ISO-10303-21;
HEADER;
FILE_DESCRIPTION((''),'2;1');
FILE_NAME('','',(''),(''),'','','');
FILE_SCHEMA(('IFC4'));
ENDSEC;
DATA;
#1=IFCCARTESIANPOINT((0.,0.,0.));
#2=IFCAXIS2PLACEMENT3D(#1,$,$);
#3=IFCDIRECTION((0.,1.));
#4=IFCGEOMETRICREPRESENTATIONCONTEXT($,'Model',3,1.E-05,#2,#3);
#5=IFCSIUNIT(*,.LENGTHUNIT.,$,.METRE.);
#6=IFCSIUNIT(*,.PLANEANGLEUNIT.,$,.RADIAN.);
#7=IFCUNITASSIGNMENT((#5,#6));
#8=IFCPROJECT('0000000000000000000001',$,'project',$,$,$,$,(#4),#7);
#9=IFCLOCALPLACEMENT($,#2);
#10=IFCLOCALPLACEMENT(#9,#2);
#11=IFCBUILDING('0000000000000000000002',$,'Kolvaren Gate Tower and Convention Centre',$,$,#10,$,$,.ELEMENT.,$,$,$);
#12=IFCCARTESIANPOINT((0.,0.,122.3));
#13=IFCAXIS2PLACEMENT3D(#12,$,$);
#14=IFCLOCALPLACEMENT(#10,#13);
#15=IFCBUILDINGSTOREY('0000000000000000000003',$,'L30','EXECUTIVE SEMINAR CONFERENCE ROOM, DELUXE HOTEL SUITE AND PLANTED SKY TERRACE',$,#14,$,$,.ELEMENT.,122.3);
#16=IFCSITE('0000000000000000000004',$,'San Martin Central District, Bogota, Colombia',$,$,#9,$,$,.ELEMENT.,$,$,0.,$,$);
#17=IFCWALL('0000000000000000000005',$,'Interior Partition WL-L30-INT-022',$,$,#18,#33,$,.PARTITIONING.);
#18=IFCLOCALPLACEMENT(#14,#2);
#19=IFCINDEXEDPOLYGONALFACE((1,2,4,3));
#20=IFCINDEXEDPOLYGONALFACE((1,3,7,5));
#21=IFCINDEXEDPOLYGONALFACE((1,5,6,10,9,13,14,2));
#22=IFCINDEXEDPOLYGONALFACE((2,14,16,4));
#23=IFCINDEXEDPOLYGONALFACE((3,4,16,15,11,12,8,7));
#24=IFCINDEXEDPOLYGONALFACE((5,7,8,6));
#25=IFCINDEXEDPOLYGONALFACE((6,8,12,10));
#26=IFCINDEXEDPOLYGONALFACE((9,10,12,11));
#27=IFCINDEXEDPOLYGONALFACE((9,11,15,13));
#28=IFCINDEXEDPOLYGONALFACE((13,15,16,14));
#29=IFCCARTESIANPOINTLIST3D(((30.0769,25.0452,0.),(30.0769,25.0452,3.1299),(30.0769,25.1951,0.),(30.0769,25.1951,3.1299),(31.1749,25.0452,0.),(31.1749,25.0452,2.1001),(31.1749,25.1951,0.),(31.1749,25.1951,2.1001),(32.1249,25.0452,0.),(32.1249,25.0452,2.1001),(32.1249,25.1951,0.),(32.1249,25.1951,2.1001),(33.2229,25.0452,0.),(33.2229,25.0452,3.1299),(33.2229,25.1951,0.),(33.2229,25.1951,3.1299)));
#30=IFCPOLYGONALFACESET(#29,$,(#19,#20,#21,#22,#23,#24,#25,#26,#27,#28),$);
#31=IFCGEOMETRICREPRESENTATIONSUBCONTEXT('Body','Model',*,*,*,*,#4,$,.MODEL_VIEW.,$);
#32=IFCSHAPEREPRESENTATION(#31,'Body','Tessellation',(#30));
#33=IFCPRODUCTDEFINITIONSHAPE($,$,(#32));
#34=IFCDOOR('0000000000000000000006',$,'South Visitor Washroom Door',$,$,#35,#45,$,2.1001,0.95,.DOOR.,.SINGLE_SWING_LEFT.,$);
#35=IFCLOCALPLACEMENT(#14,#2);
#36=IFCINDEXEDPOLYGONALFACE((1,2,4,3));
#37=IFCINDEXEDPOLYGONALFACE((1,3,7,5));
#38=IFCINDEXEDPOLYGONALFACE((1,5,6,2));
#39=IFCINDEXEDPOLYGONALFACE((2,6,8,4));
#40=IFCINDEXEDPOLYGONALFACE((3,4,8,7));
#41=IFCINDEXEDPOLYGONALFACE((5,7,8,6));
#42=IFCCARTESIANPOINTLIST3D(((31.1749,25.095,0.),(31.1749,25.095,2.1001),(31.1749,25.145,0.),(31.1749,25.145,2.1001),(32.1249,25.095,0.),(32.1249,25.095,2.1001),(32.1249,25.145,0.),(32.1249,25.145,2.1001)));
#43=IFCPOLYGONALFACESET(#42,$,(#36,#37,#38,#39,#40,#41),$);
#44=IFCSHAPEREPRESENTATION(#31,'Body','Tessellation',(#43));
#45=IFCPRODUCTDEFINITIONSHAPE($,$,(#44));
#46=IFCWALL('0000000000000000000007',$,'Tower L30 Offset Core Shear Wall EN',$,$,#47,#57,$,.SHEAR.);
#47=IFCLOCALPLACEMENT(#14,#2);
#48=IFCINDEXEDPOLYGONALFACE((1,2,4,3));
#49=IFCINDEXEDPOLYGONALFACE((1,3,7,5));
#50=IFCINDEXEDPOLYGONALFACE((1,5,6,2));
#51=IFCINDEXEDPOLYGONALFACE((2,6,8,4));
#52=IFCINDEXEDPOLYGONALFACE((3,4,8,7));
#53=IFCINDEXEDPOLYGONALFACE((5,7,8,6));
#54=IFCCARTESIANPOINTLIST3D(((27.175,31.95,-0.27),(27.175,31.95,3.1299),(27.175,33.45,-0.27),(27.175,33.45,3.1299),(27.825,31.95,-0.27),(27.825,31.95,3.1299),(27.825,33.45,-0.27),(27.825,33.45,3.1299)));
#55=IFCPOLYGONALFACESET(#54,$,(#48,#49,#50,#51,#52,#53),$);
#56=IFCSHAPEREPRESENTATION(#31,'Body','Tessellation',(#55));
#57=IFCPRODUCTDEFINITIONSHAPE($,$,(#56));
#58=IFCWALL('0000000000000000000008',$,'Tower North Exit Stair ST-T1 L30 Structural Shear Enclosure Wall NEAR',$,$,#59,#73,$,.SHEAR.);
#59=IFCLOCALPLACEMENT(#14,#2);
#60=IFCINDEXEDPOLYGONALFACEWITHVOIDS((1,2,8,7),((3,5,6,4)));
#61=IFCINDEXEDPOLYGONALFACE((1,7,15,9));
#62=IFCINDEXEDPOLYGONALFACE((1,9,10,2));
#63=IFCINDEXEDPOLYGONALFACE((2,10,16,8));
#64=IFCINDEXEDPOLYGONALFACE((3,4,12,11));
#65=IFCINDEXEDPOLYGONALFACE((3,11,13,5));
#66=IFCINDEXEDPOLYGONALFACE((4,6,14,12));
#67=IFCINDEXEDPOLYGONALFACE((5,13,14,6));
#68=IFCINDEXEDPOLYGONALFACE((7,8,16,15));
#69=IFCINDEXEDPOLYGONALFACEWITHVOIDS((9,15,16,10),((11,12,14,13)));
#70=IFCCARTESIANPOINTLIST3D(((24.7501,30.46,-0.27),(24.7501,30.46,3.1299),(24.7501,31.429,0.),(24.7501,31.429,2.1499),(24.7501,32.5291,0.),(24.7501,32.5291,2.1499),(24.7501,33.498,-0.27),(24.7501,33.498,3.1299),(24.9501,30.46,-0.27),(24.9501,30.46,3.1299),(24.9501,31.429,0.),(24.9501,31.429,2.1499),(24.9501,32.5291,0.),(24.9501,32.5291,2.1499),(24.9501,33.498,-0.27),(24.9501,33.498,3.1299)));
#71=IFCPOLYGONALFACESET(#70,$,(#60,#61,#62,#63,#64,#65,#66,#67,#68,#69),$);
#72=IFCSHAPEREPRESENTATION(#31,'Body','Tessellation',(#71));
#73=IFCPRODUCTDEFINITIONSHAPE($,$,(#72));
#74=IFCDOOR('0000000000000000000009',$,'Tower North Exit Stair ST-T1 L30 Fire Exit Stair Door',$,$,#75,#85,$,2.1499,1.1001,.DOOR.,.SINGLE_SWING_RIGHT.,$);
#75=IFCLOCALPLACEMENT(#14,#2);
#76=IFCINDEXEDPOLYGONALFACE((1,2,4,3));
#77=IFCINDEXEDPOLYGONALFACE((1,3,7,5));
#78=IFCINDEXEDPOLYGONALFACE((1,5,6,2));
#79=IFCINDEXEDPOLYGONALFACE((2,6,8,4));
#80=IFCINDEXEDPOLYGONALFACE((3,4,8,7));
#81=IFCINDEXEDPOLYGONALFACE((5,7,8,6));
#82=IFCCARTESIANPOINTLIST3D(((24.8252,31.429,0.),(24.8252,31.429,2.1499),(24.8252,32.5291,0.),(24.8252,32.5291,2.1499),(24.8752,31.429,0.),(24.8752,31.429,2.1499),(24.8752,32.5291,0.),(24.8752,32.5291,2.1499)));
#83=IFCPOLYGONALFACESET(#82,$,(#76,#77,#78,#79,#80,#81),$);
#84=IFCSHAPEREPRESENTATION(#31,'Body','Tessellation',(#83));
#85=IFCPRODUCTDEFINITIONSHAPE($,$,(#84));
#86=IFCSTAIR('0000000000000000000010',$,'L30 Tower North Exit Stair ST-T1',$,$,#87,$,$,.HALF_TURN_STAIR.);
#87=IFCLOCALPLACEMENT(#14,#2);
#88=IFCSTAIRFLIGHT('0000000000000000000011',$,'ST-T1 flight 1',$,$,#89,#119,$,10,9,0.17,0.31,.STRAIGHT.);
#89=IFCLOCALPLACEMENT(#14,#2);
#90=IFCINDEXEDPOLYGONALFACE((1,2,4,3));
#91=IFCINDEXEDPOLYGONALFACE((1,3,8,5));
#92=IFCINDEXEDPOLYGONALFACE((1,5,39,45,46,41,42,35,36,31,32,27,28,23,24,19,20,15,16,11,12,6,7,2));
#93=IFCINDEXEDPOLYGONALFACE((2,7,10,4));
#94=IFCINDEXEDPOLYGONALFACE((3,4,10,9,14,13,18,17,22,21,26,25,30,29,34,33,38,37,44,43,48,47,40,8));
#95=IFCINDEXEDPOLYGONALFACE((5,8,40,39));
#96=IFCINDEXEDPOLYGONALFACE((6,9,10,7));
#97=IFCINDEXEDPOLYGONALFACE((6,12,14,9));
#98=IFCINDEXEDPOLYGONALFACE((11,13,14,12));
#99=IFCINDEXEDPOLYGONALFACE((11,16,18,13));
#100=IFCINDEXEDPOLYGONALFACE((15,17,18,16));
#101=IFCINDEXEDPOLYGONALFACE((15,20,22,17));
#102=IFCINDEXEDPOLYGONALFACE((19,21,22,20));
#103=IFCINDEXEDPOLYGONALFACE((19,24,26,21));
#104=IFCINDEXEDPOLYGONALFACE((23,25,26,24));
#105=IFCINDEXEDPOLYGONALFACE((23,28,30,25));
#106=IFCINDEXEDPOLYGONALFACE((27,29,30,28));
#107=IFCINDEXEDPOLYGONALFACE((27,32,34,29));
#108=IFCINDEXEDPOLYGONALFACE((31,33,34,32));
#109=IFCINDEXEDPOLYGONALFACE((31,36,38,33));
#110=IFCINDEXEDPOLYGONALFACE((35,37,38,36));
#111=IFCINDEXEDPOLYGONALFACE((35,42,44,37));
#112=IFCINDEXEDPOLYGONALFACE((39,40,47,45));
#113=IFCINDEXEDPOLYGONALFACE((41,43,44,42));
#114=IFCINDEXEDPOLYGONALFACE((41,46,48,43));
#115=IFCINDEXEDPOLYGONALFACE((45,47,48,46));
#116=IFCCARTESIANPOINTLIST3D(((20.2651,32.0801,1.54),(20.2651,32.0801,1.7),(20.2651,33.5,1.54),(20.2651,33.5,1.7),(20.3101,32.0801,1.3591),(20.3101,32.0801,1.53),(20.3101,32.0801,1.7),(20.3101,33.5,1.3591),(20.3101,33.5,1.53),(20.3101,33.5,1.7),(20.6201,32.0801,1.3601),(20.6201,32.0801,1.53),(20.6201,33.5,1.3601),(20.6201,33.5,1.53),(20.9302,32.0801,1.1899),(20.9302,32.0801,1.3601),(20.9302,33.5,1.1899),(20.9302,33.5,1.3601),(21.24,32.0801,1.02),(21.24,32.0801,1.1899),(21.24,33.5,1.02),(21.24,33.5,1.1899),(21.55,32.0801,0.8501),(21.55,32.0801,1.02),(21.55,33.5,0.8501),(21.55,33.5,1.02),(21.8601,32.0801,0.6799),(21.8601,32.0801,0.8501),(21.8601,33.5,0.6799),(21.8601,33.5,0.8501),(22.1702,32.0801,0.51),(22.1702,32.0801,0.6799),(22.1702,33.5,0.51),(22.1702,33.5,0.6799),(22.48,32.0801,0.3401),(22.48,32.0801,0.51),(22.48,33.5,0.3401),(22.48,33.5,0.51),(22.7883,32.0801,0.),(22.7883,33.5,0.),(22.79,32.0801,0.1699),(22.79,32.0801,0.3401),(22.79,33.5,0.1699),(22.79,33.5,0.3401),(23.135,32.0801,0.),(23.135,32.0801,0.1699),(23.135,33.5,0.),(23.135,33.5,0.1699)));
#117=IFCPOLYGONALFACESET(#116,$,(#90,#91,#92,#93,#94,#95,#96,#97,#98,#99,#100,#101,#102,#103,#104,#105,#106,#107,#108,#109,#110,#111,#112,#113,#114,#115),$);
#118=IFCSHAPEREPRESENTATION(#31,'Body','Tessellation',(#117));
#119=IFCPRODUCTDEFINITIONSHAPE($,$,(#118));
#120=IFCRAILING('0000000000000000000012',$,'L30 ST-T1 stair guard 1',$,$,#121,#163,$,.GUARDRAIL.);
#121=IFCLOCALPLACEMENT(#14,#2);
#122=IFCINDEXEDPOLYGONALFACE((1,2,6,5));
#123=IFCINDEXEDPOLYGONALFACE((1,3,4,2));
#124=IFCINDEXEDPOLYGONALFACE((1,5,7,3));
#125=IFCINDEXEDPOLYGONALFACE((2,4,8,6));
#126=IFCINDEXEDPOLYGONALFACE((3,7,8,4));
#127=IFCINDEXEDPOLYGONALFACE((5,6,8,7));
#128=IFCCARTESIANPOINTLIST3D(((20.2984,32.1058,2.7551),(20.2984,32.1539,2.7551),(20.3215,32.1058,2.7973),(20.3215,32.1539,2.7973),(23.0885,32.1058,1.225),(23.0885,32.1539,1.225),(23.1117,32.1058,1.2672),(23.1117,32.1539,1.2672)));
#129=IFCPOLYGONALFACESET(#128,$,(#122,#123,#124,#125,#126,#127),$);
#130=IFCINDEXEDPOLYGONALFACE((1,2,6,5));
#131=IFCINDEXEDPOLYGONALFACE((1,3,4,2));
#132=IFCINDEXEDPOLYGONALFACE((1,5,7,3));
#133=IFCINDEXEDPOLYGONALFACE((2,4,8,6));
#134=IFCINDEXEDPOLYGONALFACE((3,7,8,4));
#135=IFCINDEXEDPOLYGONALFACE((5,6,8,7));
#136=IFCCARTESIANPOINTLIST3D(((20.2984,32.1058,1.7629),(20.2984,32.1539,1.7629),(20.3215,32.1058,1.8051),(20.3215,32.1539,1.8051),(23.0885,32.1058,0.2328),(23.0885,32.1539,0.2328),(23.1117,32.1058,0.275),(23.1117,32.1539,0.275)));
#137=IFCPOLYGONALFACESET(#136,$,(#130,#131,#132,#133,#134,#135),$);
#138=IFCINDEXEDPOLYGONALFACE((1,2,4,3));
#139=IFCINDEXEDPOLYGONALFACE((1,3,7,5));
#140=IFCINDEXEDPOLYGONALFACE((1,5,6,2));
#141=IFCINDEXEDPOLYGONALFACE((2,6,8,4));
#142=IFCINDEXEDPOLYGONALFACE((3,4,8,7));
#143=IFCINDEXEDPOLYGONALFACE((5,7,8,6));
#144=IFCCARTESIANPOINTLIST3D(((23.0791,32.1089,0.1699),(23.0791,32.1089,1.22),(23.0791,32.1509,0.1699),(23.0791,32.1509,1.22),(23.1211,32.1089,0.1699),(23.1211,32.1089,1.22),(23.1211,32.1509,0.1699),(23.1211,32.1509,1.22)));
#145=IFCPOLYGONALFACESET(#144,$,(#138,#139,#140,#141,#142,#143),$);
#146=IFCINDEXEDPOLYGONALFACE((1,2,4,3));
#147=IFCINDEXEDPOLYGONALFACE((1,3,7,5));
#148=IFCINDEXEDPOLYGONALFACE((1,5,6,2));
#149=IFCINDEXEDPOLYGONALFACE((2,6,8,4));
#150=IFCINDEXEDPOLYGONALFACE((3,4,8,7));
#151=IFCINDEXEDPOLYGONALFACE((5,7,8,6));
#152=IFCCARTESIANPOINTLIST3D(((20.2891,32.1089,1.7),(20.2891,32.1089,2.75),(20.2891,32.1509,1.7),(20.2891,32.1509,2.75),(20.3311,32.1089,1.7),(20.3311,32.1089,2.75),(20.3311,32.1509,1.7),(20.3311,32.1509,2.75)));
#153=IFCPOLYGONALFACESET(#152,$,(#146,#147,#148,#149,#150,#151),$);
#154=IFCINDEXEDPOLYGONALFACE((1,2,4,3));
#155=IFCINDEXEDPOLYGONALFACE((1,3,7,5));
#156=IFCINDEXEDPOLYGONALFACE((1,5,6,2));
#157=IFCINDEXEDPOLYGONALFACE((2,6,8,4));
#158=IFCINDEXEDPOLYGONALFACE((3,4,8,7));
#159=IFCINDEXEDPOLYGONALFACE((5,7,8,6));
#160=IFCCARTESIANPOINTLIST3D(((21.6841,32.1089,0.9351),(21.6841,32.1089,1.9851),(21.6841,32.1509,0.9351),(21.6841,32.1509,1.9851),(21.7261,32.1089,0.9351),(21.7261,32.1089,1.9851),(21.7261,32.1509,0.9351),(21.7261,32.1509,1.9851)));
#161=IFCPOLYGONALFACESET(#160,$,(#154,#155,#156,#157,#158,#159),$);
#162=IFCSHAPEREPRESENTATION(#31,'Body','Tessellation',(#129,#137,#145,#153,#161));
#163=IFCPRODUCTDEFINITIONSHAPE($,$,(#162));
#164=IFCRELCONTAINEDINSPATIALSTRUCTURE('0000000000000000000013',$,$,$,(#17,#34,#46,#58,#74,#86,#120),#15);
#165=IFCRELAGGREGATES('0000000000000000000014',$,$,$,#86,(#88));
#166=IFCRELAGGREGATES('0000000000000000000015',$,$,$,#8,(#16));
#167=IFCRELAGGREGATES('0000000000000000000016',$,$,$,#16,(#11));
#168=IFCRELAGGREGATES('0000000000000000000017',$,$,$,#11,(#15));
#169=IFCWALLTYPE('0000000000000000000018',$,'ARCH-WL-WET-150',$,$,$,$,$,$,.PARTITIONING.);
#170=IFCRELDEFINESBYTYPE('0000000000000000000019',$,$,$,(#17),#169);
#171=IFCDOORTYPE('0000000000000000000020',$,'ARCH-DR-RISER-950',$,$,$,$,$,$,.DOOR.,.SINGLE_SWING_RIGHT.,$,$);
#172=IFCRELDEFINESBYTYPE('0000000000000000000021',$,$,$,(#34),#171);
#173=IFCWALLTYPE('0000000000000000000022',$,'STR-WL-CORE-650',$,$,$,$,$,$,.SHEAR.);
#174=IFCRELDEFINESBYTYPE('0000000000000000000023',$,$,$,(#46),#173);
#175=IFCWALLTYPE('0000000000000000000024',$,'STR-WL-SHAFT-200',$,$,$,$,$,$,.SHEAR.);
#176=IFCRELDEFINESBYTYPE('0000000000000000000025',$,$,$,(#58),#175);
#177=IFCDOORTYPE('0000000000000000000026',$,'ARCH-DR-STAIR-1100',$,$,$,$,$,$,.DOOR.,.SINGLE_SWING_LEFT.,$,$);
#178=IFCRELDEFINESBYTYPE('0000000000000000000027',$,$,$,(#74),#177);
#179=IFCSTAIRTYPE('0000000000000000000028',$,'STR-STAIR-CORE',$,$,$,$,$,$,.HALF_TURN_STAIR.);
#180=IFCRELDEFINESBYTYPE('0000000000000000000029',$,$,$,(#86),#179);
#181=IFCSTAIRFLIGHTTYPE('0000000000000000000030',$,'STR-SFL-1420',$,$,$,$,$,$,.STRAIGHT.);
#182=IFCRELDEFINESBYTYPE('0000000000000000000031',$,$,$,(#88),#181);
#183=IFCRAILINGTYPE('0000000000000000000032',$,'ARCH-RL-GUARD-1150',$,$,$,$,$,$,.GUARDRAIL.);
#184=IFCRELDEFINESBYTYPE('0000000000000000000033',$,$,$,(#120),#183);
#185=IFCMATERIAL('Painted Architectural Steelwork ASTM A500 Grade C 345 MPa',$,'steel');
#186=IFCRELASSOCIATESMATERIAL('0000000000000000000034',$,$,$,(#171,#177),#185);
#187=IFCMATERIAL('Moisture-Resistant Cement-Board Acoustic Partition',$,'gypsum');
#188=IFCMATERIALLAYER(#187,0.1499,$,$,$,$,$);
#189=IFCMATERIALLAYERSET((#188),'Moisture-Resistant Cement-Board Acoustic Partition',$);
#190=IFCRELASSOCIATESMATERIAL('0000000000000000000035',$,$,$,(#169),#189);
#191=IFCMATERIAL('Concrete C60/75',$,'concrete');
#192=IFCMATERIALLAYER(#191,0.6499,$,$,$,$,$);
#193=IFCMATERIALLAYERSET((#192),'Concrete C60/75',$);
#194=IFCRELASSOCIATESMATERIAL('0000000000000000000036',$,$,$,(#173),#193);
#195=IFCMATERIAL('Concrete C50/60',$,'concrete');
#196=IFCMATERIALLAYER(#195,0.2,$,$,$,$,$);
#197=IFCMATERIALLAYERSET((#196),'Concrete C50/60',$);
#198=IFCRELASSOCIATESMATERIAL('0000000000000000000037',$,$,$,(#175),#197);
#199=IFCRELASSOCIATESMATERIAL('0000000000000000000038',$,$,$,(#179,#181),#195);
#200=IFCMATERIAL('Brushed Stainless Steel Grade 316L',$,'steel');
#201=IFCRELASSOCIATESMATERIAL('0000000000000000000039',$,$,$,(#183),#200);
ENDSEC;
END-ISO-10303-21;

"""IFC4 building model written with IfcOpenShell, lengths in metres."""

from ifc_helpers import new_model, si_unit, direction, frame, frame_2d, origin, origin_2d, place, context, subcontext, project, spatial, polyline, rectangle, outline, extrude, material, layer, layer_set, type_object, element, fill, aggregate, save


model = new_model("IFC4")

# Units and contexts
model_context = context("Model", 3, precision=1e-05, world=origin(), true_north=direction((0.0, 1.0)))
body_context = subcontext(model_context, "Body", "Model", "MODEL_VIEW")
ifc_project = project(units=[si_unit("LENGTHUNIT", "METRE"), si_unit("PLANEANGLEUNIT", "RADIAN")], contexts=[model_context])

# Site, building, storey
site_placement = place(None, origin())
site = spatial("IfcSite", under=ifc_project, at=site_placement, Name="San Martin Central District, Bogota, Colombia", CompositionType="ELEMENT", RefElevation=0.0)
building_placement = place(site_placement, origin())
building = spatial("IfcBuilding", under=site, at=building_placement, Name="Kolvaren Gate Tower and Convention Centre", CompositionType="ELEMENT")
storey_placement = place(building_placement, frame((0.0, 0.0, 122.3)))
storey = spatial("IfcBuildingStorey", under=building, at=storey_placement, Name="L30", Description="EXECUTIVE SEMINAR CONFERENCE ROOM, DELUXE HOTEL SUITE AND PLANTED SKY TERRACE", CompositionType="ELEMENT", Elevation=122.3)

# Shared definitions
ifc_material_1 = material(Name="Painted Architectural Steelwork ASTM A500 Grade C 345 MPa", Category="steel")
door_type_1 = type_object("IfcDoorType", Name="ARCH-DR-RISER-950", OperationType="SINGLE_SWING_RIGHT", PredefinedType="DOOR", material=ifc_material_1)

# Shared definitions
ifc_material_2 = material(Name="Brushed Stainless Steel Grade 316L", Category="steel")

# Shared definitions
ifc_material_3 = material(Name="Moisture-Resistant Cement-Board Acoustic Partition", Category="gypsum")
ifc_layer_1 = layer(ifc_material_3, 0.1499)
ifc_layer_set_1 = layer_set([ifc_layer_1], Name="Moisture-Resistant Cement-Board Acoustic Partition")
wall_type_1 = type_object("IfcWallType", Name="ARCH-WL-WET-150", PredefinedType="PARTITIONING", material=ifc_layer_set_1)

# Wall, opening, door
wall_1_placement = place(storey_placement, frame((30.0769, 25.1201, 0.0), z_axis=(0.0, 0.0, 1.0), x_axis=(1.0, 0.0, 0.0)))
wall_1 = element("IfcWall", 1, at=wall_1_placement, inside=storey, type_object=wall_type_1, Name="Interior Partition WL-L30-INT-022", PredefinedType="PARTITIONING", context=body_context, shape_type="SweptSolid", body=[
    extrude(rectangle(XDim=3.146, YDim=0.1499, at=frame_2d((1.573, 0.0))), origin(), (0.0, 0.0, 1.0), 3.1299),
])
opening_1_placement = place(wall_1_placement, frame((1.0979, 0.0, 0.0)))
opening_1 = element("IfcOpeningElement", 2, at=opening_1_placement, cuts=wall_1, PredefinedType="OPENING", context=body_context, shape_type="SweptSolid", body=[
    extrude(rectangle(XDim=0.95, YDim=2.1001, at=frame_2d((0.4751, 1.05))), frame((0.0, 0.085, 0.0), z_axis=(0.0, -1.0, 0.0), x_axis=(1.0, 0.0, 0.0)), (0.0, 0.0, 1.0), 0.1699),
])
door_1_placement = place(opening_1_placement, origin())
door_1 = element("IfcDoor", 3, at=door_1_placement, inside=storey, type_object=door_type_1, Name="South Visitor Washroom Door", OperationType="SINGLE_SWING_LEFT", OverallHeight=2.1001, OverallWidth=0.95, PredefinedType="DOOR", context=body_context, shape_type="SweptSolid", body=[
    extrude(rectangle(XDim=0.95, YDim=2.1001, at=frame_2d((0.4751, 1.05))), frame((0.0, 0.0249, 0.0), z_axis=(0.0, -1.0, 0.0), x_axis=(1.0, 0.0, 0.0)), (0.0, 0.0, 1.0), 0.05),
])
fill(opening_1, door_1)

# Wall
ifc_material_4 = material(Name="Concrete C60/75", Category="concrete")
ifc_layer_2 = layer(ifc_material_4, 0.6499)
ifc_layer_set_2 = layer_set([ifc_layer_2], Name="Concrete C60/75")
wall_type_2 = type_object("IfcWallType", Name="STR-WL-CORE-650", PredefinedType="SHEAR", material=ifc_layer_set_2)
wall_2_placement = place(storey_placement, frame((27.5, 31.95, -0.27), z_axis=(0.0, 0.0, 1.0), x_axis=(0.0, 1.0, 0.0)))
element("IfcWall", 4, at=wall_2_placement, inside=storey, type_object=wall_type_2, Name="Tower L30 Offset Core Shear Wall EN", PredefinedType="SHEAR", context=body_context, shape_type="SweptSolid", body=[
    extrude(rectangle(XDim=1.5, YDim=0.6499, at=frame_2d((0.75, 0.0))), origin(), (0.0, 0.0, 1.0), 3.3999),
])

# Wall, opening, door
ifc_material_5 = material(Name="Concrete C50/60", Category="concrete")
ifc_layer_3 = layer(ifc_material_5, 0.2)
ifc_layer_set_3 = layer_set([ifc_layer_3], Name="Concrete C50/60")
wall_type_3 = type_object("IfcWallType", Name="STR-WL-SHAFT-200", PredefinedType="SHEAR", material=ifc_layer_set_3)
wall_3_placement = place(storey_placement, frame((24.8501, 30.46, -0.27), z_axis=(0.0, 0.0, 1.0), x_axis=(0.0, 1.0, 0.0)))
wall_3 = element("IfcWall", 5, at=wall_3_placement, inside=storey, type_object=wall_type_3, Name="Tower North Exit Stair ST-T1 L30 Structural Shear Enclosure Wall NEAR", PredefinedType="SHEAR", context=body_context, shape_type="SweptSolid", body=[
    extrude(rectangle(XDim=3.0381, YDim=0.2, at=frame_2d((1.519, 0.0))), origin(), (0.0, 0.0, 1.0), 3.3999),
])
opening_2_placement = place(wall_3_placement, frame((0.969, 0.0, 0.27)))
opening_2 = element("IfcOpeningElement", 6, at=opening_2_placement, cuts=wall_3, PredefinedType="OPENING", context=body_context, shape_type="SweptSolid", body=[
    extrude(rectangle(XDim=1.1001, YDim=2.1499, at=frame_2d((0.55, 1.075))), frame((0.0, 0.1099, 0.0), z_axis=(0.0, -1.0, 0.0), x_axis=(1.0, 0.0, 0.0)), (0.0, 0.0, 1.0), 0.22),
])
door_type_2 = type_object("IfcDoorType", Name="ARCH-DR-STAIR-1100", OperationType="SINGLE_SWING_LEFT", PredefinedType="DOOR", material=ifc_material_1)
door_2_placement = place(opening_2_placement, origin())
door_2 = element("IfcDoor", 7, at=door_2_placement, inside=storey, type_object=door_type_2, Name="Tower North Exit Stair ST-T1 L30 Fire Exit Stair Door", OperationType="SINGLE_SWING_RIGHT", OverallHeight=2.1499, OverallWidth=1.1001, PredefinedType="DOOR", context=body_context, shape_type="SweptSolid", body=[
    extrude(rectangle(XDim=1.1001, YDim=2.1499, at=frame_2d((0.55, 1.075))), frame((0.0, 0.0249, 0.0), z_axis=(0.0, -1.0, 0.0), x_axis=(1.0, 0.0, 0.0)), (0.0, 0.0, 1.0), 0.05),
])
fill(opening_2, door_2)

# Stair, stair flight
stair_type = type_object("IfcStairType", Name="STR-STAIR-CORE", PredefinedType="HALF_TURN_STAIR", material=ifc_material_5)
stair_placement = place(storey_placement, origin())
stair = element("IfcStair", 8, at=stair_placement, inside=storey, type_object=stair_type, Name="L30 Tower North Exit Stair ST-T1", PredefinedType="HALF_TURN_STAIR")
stair_flight_type = type_object("IfcStairFlightType", Name="STR-SFL-1420", PredefinedType="STRAIGHT", material=ifc_material_5)
stair_flight_placement = place(storey_placement, frame((23.1001, 32.79, 0.0), z_axis=(0.0, 0.0, 1.0), x_axis=(-1.0, 0.0, 0.0)))
stair_flight = element("IfcStairFlight", 9, at=stair_flight_placement, type_object=stair_flight_type, Name="ST-T1 flight 1", NumberOfRisers=10, NumberOfTreads=9, PredefinedType="STRAIGHT", RiserHeight=0.17, TreadLength=0.31, context=body_context, shape_type="SweptSolid", body=[
    extrude(outline(polyline([(-0.0349, 0.0), (-0.0349, 0.1699), (0.3101, 0.1699), (0.3101, 0.3401), (0.6201, 0.3401), (0.6201, 0.51), (0.9299, 0.51), (0.9299, 0.6799), (1.24, 0.6799), (1.24, 0.8501), (1.55, 0.8501), (1.55, 1.02), (1.8601, 1.02), (1.8601, 1.1899), (2.1699, 1.1899), (2.1699, 1.3601), (2.48, 1.3601), (2.48, 1.53), (2.79, 1.53), (2.79, 1.7), (2.835, 1.7), (2.835, 1.54), (2.79, 1.3591), (0.3118, 0.0), (-0.0349, 0.0)])), frame((0.0, 0.71, 0.0), z_axis=(0.0, -1.0, 0.0), x_axis=(1.0, 0.0, 0.0)), (0.0, 0.0, 1.0), 1.4199),
])
aggregate(stair, [stair_flight])

# Railing
railing_type_1 = type_object("IfcRailingType", Name="ARCH-RL-GUARD-1150", PredefinedType="GUARDRAIL", material=ifc_material_2)
railing_1_placement = place(storey_placement, frame((23.1001, 32.1299, 0.1699)))
element("IfcRailing", 10, at=railing_1_placement, inside=storey, type_object=railing_type_1, Name="L30 ST-T1 stair guard 1", PredefinedType="GUARDRAIL", context=body_context, shape_type="SweptSolid", body=[
    extrude(rectangle(XDim=0.0481, YDim=0.0481, at=origin_2d()), frame((0.0, 0.0, 1.0762), z_axis=(-0.876811, 0.0, 0.480835), x_axis=(0.0, -1.0, 0.0)), (0.0, 0.0, 1.0), 3.1821),
    extrude(rectangle(XDim=0.0481, YDim=0.0481, at=origin_2d()), frame((0.0, 0.0, 0.084), z_axis=(-0.876811, 0.0, 0.480835), x_axis=(0.0, -1.0, 0.0)), (0.0, 0.0, 1.0), 3.1821),
    extrude(rectangle(XDim=0.042, YDim=0.042, at=origin_2d()), origin(), (0.0, 0.0, 1.0), 1.05),
    extrude(rectangle(XDim=0.042, YDim=0.042, at=origin_2d()), frame((-2.79, 0.0, 1.53)), (0.0, 0.0, 1.0), 1.05),
    extrude(rectangle(XDim=0.042, YDim=0.042, at=origin_2d()), frame((-1.395, 0.0, 0.7651)), (0.0, 0.0, 1.0), 1.05),
])

save(model, "model.ifc")
